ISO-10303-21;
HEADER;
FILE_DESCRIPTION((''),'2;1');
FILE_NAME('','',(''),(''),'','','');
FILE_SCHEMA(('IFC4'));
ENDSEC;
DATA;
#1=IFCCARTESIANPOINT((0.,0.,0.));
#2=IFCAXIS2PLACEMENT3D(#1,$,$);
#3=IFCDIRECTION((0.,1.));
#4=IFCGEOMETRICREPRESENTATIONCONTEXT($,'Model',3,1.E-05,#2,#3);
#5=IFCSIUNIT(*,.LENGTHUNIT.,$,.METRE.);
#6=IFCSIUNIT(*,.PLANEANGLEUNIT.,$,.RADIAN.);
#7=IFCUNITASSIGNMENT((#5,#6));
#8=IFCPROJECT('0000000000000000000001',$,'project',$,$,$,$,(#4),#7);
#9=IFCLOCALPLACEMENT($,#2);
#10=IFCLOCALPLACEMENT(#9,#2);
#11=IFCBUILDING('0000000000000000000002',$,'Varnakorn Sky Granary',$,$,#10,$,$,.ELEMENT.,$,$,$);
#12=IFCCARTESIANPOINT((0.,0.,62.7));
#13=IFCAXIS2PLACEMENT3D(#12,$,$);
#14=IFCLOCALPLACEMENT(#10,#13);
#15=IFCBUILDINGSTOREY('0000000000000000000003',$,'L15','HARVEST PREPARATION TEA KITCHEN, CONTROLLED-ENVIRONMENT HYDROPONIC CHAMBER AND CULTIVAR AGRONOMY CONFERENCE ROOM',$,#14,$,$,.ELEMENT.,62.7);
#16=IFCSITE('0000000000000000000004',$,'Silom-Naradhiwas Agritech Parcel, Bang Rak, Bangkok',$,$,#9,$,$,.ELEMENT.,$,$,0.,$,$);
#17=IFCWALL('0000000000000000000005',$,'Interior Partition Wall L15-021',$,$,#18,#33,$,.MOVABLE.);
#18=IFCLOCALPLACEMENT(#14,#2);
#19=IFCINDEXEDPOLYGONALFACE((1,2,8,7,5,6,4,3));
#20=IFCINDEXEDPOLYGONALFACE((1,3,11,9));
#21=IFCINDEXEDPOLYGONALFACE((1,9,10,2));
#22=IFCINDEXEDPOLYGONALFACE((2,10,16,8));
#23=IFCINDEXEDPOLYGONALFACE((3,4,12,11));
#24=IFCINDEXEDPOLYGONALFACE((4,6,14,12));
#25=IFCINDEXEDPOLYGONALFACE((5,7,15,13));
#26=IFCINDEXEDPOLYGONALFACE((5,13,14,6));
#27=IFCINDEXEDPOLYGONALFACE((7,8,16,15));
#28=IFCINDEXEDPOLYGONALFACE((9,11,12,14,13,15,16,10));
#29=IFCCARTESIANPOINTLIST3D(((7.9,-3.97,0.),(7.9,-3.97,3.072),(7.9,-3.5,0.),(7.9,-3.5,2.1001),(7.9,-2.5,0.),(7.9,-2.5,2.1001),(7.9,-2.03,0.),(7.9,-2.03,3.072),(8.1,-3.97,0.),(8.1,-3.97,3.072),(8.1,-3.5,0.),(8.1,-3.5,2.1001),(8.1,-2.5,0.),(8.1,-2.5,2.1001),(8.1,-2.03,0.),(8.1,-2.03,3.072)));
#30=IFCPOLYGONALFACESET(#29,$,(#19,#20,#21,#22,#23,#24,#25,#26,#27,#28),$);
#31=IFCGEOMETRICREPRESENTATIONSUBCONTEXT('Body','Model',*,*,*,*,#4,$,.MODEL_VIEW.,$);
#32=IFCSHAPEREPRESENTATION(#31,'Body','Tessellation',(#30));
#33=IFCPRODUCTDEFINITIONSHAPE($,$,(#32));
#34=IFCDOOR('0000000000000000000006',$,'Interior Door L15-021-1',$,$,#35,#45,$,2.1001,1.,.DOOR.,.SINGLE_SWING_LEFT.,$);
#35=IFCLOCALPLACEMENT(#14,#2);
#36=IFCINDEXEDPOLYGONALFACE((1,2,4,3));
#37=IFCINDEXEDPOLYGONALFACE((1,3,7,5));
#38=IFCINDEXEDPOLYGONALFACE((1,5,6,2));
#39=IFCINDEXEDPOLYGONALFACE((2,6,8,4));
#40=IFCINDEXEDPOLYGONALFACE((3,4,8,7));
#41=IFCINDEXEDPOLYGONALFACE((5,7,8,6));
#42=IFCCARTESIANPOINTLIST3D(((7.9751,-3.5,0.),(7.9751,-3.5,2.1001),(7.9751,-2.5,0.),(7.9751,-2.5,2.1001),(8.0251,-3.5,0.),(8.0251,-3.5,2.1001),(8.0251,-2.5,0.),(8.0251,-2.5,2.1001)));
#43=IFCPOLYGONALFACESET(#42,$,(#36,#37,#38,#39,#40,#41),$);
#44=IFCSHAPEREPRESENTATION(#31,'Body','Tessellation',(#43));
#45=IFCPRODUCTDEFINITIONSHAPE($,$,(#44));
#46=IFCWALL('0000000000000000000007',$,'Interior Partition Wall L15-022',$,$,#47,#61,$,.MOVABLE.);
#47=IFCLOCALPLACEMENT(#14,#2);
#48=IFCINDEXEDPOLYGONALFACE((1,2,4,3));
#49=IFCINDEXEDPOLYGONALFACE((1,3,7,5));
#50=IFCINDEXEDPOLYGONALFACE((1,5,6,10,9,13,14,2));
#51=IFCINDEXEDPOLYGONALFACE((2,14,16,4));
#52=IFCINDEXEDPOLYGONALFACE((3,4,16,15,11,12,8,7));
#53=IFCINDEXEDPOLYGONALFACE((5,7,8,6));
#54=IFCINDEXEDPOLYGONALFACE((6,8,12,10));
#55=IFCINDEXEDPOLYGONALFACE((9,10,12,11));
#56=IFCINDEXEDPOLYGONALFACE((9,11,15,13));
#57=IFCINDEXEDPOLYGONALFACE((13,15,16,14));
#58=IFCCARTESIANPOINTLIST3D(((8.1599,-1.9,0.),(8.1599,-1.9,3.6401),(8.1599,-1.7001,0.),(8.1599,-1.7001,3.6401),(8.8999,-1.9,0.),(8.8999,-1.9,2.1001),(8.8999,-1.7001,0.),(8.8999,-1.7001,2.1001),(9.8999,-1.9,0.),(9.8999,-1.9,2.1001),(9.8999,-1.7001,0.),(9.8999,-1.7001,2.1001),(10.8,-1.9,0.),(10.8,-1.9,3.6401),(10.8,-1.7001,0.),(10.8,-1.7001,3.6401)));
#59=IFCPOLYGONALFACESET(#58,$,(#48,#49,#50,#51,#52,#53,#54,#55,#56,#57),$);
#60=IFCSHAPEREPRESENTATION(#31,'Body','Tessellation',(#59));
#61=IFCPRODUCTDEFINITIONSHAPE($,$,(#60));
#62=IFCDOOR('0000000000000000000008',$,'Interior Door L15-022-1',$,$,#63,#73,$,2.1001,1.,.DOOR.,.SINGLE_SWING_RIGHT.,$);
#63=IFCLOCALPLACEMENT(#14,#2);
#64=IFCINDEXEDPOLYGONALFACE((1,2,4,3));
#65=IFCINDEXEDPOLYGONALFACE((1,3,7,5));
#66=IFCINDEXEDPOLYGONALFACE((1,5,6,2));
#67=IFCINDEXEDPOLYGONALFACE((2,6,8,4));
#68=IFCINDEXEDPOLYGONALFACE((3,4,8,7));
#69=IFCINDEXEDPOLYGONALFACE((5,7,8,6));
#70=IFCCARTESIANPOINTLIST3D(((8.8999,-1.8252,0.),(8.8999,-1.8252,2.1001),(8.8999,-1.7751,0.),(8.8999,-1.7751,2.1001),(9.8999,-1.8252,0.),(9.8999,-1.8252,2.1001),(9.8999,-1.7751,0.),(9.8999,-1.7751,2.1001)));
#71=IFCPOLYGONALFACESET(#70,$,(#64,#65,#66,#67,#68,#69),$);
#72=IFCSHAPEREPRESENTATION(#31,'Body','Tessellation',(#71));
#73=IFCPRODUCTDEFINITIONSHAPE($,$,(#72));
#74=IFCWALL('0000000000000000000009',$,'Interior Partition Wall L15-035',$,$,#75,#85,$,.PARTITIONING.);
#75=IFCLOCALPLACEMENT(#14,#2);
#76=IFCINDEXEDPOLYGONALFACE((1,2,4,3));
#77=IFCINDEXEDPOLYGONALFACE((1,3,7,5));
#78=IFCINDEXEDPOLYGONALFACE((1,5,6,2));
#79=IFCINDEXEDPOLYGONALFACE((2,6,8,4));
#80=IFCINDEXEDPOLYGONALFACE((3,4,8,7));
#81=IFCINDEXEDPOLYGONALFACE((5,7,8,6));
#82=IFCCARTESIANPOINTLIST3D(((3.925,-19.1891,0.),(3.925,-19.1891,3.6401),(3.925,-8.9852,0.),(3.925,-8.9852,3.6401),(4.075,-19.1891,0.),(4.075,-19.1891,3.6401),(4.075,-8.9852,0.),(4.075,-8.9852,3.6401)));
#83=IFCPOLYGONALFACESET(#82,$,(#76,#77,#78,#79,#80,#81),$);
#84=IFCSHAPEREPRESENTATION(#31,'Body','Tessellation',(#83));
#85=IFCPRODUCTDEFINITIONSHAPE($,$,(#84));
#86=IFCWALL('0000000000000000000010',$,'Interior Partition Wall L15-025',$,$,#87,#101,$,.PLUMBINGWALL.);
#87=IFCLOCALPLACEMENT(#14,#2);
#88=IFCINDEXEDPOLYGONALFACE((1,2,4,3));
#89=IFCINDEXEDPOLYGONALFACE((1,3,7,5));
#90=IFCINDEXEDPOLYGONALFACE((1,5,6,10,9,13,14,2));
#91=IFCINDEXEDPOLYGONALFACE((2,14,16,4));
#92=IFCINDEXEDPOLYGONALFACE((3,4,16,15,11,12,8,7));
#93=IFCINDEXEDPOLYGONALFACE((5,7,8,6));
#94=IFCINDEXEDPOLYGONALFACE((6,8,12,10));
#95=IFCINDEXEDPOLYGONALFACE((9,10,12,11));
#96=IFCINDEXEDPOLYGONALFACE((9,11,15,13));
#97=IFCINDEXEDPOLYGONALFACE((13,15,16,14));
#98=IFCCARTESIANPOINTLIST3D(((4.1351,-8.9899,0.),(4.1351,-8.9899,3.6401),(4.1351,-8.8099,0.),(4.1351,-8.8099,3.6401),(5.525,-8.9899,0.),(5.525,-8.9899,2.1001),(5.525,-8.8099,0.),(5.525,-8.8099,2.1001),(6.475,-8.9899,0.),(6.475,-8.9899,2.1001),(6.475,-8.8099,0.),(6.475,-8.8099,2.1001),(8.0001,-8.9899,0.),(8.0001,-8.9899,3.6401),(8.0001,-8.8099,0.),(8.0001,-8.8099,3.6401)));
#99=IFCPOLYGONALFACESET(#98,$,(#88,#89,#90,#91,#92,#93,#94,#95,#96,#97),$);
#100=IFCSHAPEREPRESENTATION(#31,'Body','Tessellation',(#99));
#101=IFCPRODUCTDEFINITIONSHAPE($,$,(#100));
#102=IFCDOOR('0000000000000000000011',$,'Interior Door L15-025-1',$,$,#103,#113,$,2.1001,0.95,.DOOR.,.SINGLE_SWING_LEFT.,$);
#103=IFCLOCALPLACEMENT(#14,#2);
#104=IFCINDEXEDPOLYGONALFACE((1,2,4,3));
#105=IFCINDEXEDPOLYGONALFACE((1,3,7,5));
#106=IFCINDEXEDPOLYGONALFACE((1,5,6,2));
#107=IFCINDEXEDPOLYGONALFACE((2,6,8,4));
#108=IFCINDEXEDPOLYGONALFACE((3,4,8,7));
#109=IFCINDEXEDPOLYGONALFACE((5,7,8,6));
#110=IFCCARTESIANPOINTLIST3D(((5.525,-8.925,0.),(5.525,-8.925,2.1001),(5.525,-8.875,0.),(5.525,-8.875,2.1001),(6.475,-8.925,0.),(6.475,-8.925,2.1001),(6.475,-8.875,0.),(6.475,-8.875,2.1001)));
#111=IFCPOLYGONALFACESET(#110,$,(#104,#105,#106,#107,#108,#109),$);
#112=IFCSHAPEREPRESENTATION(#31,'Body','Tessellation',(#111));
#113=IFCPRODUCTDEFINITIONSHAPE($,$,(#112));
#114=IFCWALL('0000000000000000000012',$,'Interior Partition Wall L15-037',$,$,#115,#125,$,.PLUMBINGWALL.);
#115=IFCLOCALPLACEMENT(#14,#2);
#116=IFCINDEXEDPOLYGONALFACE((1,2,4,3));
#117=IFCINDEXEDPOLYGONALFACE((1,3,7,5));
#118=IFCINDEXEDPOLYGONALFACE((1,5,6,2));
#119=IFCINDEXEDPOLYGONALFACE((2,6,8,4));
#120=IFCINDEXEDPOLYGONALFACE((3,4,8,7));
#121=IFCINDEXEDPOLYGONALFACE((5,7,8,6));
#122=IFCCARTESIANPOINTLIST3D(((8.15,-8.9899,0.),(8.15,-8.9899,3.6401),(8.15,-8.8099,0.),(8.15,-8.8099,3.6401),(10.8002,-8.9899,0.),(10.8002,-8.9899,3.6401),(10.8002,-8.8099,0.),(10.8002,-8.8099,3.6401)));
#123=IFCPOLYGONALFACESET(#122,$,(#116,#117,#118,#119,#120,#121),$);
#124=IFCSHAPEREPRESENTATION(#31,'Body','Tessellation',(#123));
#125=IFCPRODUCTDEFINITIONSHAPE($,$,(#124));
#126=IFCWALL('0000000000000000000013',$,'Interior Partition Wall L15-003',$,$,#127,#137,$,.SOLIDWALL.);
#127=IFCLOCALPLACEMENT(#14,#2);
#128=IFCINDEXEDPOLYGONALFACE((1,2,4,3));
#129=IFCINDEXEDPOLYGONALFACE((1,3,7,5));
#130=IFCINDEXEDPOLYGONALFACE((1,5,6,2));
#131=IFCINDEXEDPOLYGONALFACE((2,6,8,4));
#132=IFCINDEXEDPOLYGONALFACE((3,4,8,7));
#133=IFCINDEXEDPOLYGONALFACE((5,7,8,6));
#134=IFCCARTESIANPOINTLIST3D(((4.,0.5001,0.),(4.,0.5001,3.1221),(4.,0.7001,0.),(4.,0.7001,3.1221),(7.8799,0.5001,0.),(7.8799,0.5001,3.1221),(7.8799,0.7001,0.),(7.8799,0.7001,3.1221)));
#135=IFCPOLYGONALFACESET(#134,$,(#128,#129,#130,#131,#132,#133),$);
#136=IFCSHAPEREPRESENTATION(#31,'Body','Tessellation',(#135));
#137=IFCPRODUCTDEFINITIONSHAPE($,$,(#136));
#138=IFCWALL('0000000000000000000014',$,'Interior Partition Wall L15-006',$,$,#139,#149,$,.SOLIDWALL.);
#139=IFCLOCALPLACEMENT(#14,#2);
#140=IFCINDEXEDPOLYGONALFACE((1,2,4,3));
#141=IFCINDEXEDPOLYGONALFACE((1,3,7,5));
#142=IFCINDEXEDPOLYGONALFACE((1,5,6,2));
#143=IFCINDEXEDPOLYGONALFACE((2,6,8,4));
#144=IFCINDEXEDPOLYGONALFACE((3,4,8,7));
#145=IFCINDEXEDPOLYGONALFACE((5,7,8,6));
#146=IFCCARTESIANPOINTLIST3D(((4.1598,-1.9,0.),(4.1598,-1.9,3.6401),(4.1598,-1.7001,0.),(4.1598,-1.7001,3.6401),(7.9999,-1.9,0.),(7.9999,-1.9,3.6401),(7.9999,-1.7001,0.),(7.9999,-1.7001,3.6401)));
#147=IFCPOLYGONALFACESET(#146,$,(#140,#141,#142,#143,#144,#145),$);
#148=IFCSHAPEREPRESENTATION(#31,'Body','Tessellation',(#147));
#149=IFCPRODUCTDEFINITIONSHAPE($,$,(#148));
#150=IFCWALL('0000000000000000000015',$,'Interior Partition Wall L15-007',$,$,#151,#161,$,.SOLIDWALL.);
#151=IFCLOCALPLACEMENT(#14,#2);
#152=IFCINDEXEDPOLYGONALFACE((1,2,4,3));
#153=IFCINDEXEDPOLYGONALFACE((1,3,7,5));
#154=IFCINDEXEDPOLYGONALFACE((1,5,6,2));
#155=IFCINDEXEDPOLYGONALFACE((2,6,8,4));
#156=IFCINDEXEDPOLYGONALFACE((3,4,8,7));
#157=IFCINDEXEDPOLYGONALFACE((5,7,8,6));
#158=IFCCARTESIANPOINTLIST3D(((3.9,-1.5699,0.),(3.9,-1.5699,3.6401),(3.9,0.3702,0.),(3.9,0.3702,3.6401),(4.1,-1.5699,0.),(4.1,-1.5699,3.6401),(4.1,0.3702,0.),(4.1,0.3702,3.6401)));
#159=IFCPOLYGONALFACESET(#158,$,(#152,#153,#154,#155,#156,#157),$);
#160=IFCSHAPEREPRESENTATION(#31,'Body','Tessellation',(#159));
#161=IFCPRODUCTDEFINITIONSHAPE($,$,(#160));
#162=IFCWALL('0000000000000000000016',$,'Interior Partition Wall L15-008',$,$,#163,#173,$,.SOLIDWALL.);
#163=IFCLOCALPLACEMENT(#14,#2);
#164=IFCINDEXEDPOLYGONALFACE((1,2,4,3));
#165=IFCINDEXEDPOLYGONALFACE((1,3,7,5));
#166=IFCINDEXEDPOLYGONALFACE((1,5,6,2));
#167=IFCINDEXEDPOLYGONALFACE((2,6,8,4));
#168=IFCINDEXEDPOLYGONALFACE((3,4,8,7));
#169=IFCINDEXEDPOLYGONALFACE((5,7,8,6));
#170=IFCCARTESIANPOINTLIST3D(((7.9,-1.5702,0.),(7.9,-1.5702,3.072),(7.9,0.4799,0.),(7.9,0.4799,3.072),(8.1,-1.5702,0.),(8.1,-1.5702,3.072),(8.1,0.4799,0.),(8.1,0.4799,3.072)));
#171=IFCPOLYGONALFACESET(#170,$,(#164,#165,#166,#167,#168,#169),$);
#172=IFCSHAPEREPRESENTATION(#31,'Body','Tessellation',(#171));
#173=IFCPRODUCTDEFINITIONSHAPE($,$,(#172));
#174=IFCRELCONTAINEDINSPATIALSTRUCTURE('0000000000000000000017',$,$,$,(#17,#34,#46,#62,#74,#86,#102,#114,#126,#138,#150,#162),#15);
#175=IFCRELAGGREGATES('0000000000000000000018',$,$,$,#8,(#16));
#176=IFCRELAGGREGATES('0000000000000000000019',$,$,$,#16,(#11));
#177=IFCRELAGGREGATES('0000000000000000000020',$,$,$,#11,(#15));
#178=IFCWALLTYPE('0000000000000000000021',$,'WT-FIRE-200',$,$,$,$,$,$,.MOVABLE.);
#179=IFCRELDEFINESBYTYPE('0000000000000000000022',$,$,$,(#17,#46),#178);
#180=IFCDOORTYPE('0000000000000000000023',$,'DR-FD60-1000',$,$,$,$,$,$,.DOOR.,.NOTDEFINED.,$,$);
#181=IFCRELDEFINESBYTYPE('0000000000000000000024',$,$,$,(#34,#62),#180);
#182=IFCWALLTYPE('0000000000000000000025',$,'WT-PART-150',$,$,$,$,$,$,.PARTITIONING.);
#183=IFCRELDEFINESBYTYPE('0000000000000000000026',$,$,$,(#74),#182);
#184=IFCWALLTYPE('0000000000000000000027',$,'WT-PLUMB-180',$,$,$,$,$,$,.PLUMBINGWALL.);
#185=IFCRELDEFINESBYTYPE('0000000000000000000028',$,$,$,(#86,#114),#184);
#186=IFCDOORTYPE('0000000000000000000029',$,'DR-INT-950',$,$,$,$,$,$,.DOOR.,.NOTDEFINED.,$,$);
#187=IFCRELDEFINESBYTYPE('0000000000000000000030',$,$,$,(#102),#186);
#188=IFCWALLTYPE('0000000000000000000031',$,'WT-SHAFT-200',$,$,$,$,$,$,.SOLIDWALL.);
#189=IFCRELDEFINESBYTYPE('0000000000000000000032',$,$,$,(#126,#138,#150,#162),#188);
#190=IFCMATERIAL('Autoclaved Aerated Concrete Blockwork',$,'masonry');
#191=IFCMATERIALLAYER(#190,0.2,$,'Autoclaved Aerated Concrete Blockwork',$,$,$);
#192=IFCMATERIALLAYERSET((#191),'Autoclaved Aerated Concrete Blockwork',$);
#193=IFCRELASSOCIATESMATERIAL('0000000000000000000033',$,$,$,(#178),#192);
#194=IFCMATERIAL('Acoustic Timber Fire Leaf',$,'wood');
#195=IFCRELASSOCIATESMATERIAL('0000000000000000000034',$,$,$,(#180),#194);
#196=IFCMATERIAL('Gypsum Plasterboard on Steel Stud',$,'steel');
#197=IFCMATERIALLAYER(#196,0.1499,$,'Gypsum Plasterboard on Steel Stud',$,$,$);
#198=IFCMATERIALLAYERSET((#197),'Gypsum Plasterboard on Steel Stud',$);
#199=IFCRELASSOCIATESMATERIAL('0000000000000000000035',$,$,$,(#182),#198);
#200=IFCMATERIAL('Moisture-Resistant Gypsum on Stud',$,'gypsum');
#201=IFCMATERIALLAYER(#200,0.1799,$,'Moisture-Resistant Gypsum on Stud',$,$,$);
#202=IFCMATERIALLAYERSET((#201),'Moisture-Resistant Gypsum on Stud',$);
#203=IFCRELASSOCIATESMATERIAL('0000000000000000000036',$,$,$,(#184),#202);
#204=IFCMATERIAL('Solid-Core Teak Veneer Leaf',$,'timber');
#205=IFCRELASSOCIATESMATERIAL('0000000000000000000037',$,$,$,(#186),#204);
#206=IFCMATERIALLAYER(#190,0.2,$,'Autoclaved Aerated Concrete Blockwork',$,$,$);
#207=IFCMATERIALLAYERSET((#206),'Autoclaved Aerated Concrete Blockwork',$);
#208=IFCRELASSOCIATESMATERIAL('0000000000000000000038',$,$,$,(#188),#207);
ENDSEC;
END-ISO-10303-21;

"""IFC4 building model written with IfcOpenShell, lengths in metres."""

from ifc_helpers import new_model, si_unit, direction, frame, frame_2d, origin, place, context, subcontext, project, spatial, rectangle, extrude, material, layer, layer_set, type_object, element, fill, save


model = new_model("IFC4")

# Units and contexts
model_context = context("Model", 3, precision=1e-05, world=origin(), true_north=direction((0.0, 1.0)))
body_context = subcontext(model_context, "Body", "Model", "MODEL_VIEW")
ifc_project = project(units=[si_unit("LENGTHUNIT", "METRE"), si_unit("PLANEANGLEUNIT", "RADIAN")], contexts=[model_context])

# Site, building, storey
site_placement = place(None, origin())
site = spatial("IfcSite", under=ifc_project, at=site_placement, Name="Silom-Naradhiwas Agritech Parcel, Bang Rak, Bangkok", CompositionType="ELEMENT", RefElevation=0.0)
building_placement = place(site_placement, origin())
building = spatial("IfcBuilding", under=site, at=building_placement, Name="Varnakorn Sky Granary", CompositionType="ELEMENT")
storey_placement = place(building_placement, frame((0.0, 0.0, 62.7)))
storey = spatial("IfcBuildingStorey", under=building, at=storey_placement, Name="L15", Description="HARVEST PREPARATION TEA KITCHEN, CONTROLLED-ENVIRONMENT HYDROPONIC CHAMBER AND CULTIVAR AGRONOMY CONFERENCE ROOM", CompositionType="ELEMENT", Elevation=62.7)

# Walls, openings, doors
ifc_material_1 = material(Name="Autoclaved Aerated Concrete Blockwork", Category="masonry")
ifc_layer_1 = layer(ifc_material_1, 0.2, Name="Autoclaved Aerated Concrete Blockwork")
ifc_layer_set_1 = layer_set([ifc_layer_1], Name="Autoclaved Aerated Concrete Blockwork")
wall_type_1 = type_object("IfcWallType", Name="WT-FIRE-200", PredefinedType="MOVABLE", material=ifc_layer_set_1)
ifc_material_2 = material(Name="Acoustic Timber Fire Leaf", Category="wood")
door_type_1 = type_object("IfcDoorType", Name="DR-FD60-1000", OperationType="NOTDEFINED", PredefinedType="DOOR", material=ifc_material_2)
wall_1_placement = place(storey_placement, frame((8.0, -3.97, 0.0), z_axis=(0.0, 0.0, 1.0), x_axis=(0.0, 1.0, 0.0)))
wall_1 = element("IfcWall", 1, at=wall_1_placement, inside=storey, type_object=wall_type_1, Name="Interior Partition Wall L15-021", PredefinedType="MOVABLE", context=body_context, shape_type="SweptSolid", body=[
    extrude(rectangle(XDim=1.9399, YDim=0.2, at=frame_2d((0.97, 0.0))), origin(), (0.0, 0.0, 1.0), 3.072),
])
opening_1_placement = place(wall_1_placement, frame((0.47, 0.0, 0.0)))
opening_1 = element("IfcOpeningElement", 2, at=opening_1_placement, cuts=wall_1, PredefinedType="OPENING", context=body_context, shape_type="SweptSolid", body=[
    extrude(rectangle(XDim=1.0, YDim=2.1001, at=frame_2d((0.5, 1.05))), frame((0.0, 0.1099, 0.0), z_axis=(0.0, -1.0, 0.0), x_axis=(1.0, 0.0, 0.0)), (0.0, 0.0, 1.0), 0.22),
])
door_1_placement = place(opening_1_placement, origin())
door_1 = element("IfcDoor", 3, at=door_1_placement, inside=storey, type_object=door_type_1, Name="Interior Door L15-021-1", OperationType="SINGLE_SWING_LEFT", OverallHeight=2.1001, OverallWidth=1.0, PredefinedType="DOOR", context=body_context, shape_type="SweptSolid", body=[
    extrude(rectangle(XDim=1.0, YDim=2.1001, at=frame_2d((0.5, 1.05))), frame((0.0, 0.0249, 0.0), z_axis=(0.0, -1.0, 0.0), x_axis=(1.0, 0.0, 0.0)), (0.0, 0.0, 1.0), 0.05),
])
fill(opening_1, door_1)
wall_2_placement = place(storey_placement, frame((8.1599, -1.8, 0.0), z_axis=(0.0, 0.0, 1.0), x_axis=(1.0, 0.0, 0.0)))
wall_2 = element("IfcWall", 4, at=wall_2_placement, inside=storey, type_object=wall_type_1, Name="Interior Partition Wall L15-022", PredefinedType="MOVABLE", context=body_context, shape_type="SweptSolid", body=[
    extrude(rectangle(XDim=2.6401, YDim=0.2, at=frame_2d((1.3201, 0.0))), origin(), (0.0, 0.0, 1.0), 3.6401),
])
opening_2_placement = place(wall_2_placement, frame((0.74, 0.0, 0.0)))
opening_2 = element("IfcOpeningElement", 5, at=opening_2_placement, cuts=wall_2, PredefinedType="OPENING", context=body_context, shape_type="SweptSolid", body=[
    extrude(rectangle(XDim=1.0, YDim=2.1001, at=frame_2d((0.5, 1.05))), frame((0.0, 0.1099, 0.0), z_axis=(0.0, -1.0, 0.0), x_axis=(1.0, 0.0, 0.0)), (0.0, 0.0, 1.0), 0.22),
])
door_2_placement = place(opening_2_placement, origin())
door_2 = element("IfcDoor", 6, at=door_2_placement, inside=storey, type_object=door_type_1, Name="Interior Door L15-022-1", OperationType="SINGLE_SWING_RIGHT", OverallHeight=2.1001, OverallWidth=1.0, PredefinedType="DOOR", context=body_context, shape_type="SweptSolid", body=[
    extrude(rectangle(XDim=1.0, YDim=2.1001, at=frame_2d((0.5, 1.05))), frame((0.0, 0.0249, 0.0), z_axis=(0.0, -1.0, 0.0), x_axis=(1.0, 0.0, 0.0)), (0.0, 0.0, 1.0), 0.05),
])
fill(opening_2, door_2)

# Wall
ifc_material_3 = material(Name="Gypsum Plasterboard on Steel Stud", Category="steel")
ifc_layer_2 = layer(ifc_material_3, 0.1499, Name="Gypsum Plasterboard on Steel Stud")
ifc_layer_set_2 = layer_set([ifc_layer_2], Name="Gypsum Plasterboard on Steel Stud")
wall_type_2 = type_object("IfcWallType", Name="WT-PART-150", PredefinedType="PARTITIONING", material=ifc_layer_set_2)
wall_3_placement = place(storey_placement, frame((4.0, -8.9851, 0.0), z_axis=(0.0, 0.0, 1.0), x_axis=(0.0, -1.0, 0.0)))
element("IfcWall", 7, at=wall_3_placement, inside=storey, type_object=wall_type_2, Name="Interior Partition Wall L15-035", PredefinedType="PARTITIONING", context=body_context, shape_type="SweptSolid", body=[
    extrude(rectangle(XDim=10.2039, YDim=0.1499, at=frame_2d((5.1021, 0.0))), origin(), (0.0, 0.0, 1.0), 3.6401),
])

# Wall, opening, door
ifc_material_4 = material(Name="Moisture-Resistant Gypsum on Stud", Category="gypsum")
ifc_layer_3 = layer(ifc_material_4, 0.1799, Name="Moisture-Resistant Gypsum on Stud")
ifc_layer_set_3 = layer_set([ifc_layer_3], Name="Moisture-Resistant Gypsum on Stud")
wall_type_3 = type_object("IfcWallType", Name="WT-PLUMB-180", PredefinedType="PLUMBINGWALL", material=ifc_layer_set_3)
wall_4_placement = place(storey_placement, frame((4.135, -8.8999, 0.0), z_axis=(0.0, 0.0, 1.0), x_axis=(1.0, 0.0, 0.0)))
wall_4 = element("IfcWall", 8, at=wall_4_placement, inside=storey, type_object=wall_type_3, Name="Interior Partition Wall L15-025", PredefinedType="PLUMBINGWALL", context=body_context, shape_type="SweptSolid", body=[
    extrude(rectangle(XDim=3.865, YDim=0.1799, at=frame_2d((1.9326, 0.0))), origin(), (0.0, 0.0, 1.0), 3.6401),
])
opening_3_placement = place(wall_4_placement, frame((1.3899, 0.0, 0.0)))
opening_3 = element("IfcOpeningElement", 9, at=opening_3_placement, cuts=wall_4, PredefinedType="OPENING", context=body_context, shape_type="SweptSolid", body=[
    extrude(rectangle(XDim=0.95, YDim=2.1001, at=frame_2d((0.4751, 1.05))), frame((0.0, 0.1001, 0.0), z_axis=(0.0, -1.0, 0.0), x_axis=(1.0, 0.0, 0.0)), (0.0, 0.0, 1.0), 0.2),
])
ifc_material_5 = material(Name="Solid-Core Teak Veneer Leaf", Category="timber")
door_type_2 = type_object("IfcDoorType", Name="DR-INT-950", OperationType="NOTDEFINED", PredefinedType="DOOR", material=ifc_material_5)
door_3_placement = place(opening_3_placement, origin())
door_3 = element("IfcDoor", 10, at=door_3_placement, inside=storey, type_object=door_type_2, Name="Interior Door L15-025-1", OperationType="SINGLE_SWING_LEFT", OverallHeight=2.1001, OverallWidth=0.95, PredefinedType="DOOR", context=body_context, shape_type="SweptSolid", body=[
    extrude(rectangle(XDim=0.95, YDim=2.1001, at=frame_2d((0.4751, 1.05))), frame((0.0, 0.0249, 0.0), z_axis=(0.0, -1.0, 0.0), x_axis=(1.0, 0.0, 0.0)), (0.0, 0.0, 1.0), 0.05),
])
fill(opening_3, door_3)

# Walls
wall_5_placement = place(storey_placement, frame((8.1499, -8.8999, 0.0), z_axis=(0.0, 0.0, 1.0), x_axis=(1.0, 0.0, 0.0)))
element("IfcWall", 11, at=wall_5_placement, inside=storey, type_object=wall_type_3, Name="Interior Partition Wall L15-037", PredefinedType="PLUMBINGWALL", context=body_context, shape_type="SweptSolid", body=[
    extrude(rectangle(XDim=2.6501, YDim=0.1799, at=frame_2d((1.3252, 0.0))), origin(), (0.0, 0.0, 1.0), 3.6401),
])
ifc_layer_4 = layer(ifc_material_1, 0.2, Name="Autoclaved Aerated Concrete Blockwork")
ifc_layer_set_4 = layer_set([ifc_layer_4], Name="Autoclaved Aerated Concrete Blockwork")
wall_type_4 = type_object("IfcWallType", Name="WT-SHAFT-200", PredefinedType="SOLIDWALL", material=ifc_layer_set_4)
wall_6_placement = place(storey_placement, frame((4.0, 0.6001, 0.0), z_axis=(0.0, 0.0, 1.0), x_axis=(1.0, 0.0, 0.0)))
element("IfcWall", 12, at=wall_6_placement, inside=storey, type_object=wall_type_4, Name="Interior Partition Wall L15-003", PredefinedType="SOLIDWALL", context=body_context, shape_type="SweptSolid", body=[
    extrude(rectangle(XDim=3.8799, YDim=0.2, at=frame_2d((1.9399, 0.0))), origin(), (0.0, 0.0, 1.0), 3.1221),
])
wall_7_placement = place(storey_placement, frame((4.1599, -1.8, 0.0), z_axis=(0.0, 0.0, 1.0), x_axis=(1.0, 0.0, 0.0)))
element("IfcWall", 13, at=wall_7_placement, inside=storey, type_object=wall_type_4, Name="Interior Partition Wall L15-006", PredefinedType="SOLIDWALL", context=body_context, shape_type="SweptSolid", body=[
    extrude(rectangle(XDim=3.8401, YDim=0.2, at=frame_2d((1.9199, 0.0))), origin(), (0.0, 0.0, 1.0), 3.6401),
])
wall_8_placement = place(storey_placement, frame((4.0, -1.5701, 0.0), z_axis=(0.0, 0.0, 1.0), x_axis=(0.0, 1.0, 0.0)))
element("IfcWall", 14, at=wall_8_placement, inside=storey, type_object=wall_type_4, Name="Interior Partition Wall L15-007", PredefinedType="SOLIDWALL", context=body_context, shape_type="SweptSolid", body=[
    extrude(rectangle(XDim=1.9402, YDim=0.2, at=frame_2d((0.9702, 0.0))), origin(), (0.0, 0.0, 1.0), 3.6401),
])
wall_9_placement = place(storey_placement, frame((8.0, -1.5701, 0.0), z_axis=(0.0, 0.0, 1.0), x_axis=(0.0, 1.0, 0.0)))
element("IfcWall", 15, at=wall_9_placement, inside=storey, type_object=wall_type_4, Name="Interior Partition Wall L15-008", PredefinedType="SOLIDWALL", context=body_context, shape_type="SweptSolid", body=[
    extrude(rectangle(XDim=2.05, YDim=0.2, at=frame_2d((1.0249, 0.0))), origin(), (0.0, 0.0, 1.0), 3.072),
])

save(model, "model.ifc")
